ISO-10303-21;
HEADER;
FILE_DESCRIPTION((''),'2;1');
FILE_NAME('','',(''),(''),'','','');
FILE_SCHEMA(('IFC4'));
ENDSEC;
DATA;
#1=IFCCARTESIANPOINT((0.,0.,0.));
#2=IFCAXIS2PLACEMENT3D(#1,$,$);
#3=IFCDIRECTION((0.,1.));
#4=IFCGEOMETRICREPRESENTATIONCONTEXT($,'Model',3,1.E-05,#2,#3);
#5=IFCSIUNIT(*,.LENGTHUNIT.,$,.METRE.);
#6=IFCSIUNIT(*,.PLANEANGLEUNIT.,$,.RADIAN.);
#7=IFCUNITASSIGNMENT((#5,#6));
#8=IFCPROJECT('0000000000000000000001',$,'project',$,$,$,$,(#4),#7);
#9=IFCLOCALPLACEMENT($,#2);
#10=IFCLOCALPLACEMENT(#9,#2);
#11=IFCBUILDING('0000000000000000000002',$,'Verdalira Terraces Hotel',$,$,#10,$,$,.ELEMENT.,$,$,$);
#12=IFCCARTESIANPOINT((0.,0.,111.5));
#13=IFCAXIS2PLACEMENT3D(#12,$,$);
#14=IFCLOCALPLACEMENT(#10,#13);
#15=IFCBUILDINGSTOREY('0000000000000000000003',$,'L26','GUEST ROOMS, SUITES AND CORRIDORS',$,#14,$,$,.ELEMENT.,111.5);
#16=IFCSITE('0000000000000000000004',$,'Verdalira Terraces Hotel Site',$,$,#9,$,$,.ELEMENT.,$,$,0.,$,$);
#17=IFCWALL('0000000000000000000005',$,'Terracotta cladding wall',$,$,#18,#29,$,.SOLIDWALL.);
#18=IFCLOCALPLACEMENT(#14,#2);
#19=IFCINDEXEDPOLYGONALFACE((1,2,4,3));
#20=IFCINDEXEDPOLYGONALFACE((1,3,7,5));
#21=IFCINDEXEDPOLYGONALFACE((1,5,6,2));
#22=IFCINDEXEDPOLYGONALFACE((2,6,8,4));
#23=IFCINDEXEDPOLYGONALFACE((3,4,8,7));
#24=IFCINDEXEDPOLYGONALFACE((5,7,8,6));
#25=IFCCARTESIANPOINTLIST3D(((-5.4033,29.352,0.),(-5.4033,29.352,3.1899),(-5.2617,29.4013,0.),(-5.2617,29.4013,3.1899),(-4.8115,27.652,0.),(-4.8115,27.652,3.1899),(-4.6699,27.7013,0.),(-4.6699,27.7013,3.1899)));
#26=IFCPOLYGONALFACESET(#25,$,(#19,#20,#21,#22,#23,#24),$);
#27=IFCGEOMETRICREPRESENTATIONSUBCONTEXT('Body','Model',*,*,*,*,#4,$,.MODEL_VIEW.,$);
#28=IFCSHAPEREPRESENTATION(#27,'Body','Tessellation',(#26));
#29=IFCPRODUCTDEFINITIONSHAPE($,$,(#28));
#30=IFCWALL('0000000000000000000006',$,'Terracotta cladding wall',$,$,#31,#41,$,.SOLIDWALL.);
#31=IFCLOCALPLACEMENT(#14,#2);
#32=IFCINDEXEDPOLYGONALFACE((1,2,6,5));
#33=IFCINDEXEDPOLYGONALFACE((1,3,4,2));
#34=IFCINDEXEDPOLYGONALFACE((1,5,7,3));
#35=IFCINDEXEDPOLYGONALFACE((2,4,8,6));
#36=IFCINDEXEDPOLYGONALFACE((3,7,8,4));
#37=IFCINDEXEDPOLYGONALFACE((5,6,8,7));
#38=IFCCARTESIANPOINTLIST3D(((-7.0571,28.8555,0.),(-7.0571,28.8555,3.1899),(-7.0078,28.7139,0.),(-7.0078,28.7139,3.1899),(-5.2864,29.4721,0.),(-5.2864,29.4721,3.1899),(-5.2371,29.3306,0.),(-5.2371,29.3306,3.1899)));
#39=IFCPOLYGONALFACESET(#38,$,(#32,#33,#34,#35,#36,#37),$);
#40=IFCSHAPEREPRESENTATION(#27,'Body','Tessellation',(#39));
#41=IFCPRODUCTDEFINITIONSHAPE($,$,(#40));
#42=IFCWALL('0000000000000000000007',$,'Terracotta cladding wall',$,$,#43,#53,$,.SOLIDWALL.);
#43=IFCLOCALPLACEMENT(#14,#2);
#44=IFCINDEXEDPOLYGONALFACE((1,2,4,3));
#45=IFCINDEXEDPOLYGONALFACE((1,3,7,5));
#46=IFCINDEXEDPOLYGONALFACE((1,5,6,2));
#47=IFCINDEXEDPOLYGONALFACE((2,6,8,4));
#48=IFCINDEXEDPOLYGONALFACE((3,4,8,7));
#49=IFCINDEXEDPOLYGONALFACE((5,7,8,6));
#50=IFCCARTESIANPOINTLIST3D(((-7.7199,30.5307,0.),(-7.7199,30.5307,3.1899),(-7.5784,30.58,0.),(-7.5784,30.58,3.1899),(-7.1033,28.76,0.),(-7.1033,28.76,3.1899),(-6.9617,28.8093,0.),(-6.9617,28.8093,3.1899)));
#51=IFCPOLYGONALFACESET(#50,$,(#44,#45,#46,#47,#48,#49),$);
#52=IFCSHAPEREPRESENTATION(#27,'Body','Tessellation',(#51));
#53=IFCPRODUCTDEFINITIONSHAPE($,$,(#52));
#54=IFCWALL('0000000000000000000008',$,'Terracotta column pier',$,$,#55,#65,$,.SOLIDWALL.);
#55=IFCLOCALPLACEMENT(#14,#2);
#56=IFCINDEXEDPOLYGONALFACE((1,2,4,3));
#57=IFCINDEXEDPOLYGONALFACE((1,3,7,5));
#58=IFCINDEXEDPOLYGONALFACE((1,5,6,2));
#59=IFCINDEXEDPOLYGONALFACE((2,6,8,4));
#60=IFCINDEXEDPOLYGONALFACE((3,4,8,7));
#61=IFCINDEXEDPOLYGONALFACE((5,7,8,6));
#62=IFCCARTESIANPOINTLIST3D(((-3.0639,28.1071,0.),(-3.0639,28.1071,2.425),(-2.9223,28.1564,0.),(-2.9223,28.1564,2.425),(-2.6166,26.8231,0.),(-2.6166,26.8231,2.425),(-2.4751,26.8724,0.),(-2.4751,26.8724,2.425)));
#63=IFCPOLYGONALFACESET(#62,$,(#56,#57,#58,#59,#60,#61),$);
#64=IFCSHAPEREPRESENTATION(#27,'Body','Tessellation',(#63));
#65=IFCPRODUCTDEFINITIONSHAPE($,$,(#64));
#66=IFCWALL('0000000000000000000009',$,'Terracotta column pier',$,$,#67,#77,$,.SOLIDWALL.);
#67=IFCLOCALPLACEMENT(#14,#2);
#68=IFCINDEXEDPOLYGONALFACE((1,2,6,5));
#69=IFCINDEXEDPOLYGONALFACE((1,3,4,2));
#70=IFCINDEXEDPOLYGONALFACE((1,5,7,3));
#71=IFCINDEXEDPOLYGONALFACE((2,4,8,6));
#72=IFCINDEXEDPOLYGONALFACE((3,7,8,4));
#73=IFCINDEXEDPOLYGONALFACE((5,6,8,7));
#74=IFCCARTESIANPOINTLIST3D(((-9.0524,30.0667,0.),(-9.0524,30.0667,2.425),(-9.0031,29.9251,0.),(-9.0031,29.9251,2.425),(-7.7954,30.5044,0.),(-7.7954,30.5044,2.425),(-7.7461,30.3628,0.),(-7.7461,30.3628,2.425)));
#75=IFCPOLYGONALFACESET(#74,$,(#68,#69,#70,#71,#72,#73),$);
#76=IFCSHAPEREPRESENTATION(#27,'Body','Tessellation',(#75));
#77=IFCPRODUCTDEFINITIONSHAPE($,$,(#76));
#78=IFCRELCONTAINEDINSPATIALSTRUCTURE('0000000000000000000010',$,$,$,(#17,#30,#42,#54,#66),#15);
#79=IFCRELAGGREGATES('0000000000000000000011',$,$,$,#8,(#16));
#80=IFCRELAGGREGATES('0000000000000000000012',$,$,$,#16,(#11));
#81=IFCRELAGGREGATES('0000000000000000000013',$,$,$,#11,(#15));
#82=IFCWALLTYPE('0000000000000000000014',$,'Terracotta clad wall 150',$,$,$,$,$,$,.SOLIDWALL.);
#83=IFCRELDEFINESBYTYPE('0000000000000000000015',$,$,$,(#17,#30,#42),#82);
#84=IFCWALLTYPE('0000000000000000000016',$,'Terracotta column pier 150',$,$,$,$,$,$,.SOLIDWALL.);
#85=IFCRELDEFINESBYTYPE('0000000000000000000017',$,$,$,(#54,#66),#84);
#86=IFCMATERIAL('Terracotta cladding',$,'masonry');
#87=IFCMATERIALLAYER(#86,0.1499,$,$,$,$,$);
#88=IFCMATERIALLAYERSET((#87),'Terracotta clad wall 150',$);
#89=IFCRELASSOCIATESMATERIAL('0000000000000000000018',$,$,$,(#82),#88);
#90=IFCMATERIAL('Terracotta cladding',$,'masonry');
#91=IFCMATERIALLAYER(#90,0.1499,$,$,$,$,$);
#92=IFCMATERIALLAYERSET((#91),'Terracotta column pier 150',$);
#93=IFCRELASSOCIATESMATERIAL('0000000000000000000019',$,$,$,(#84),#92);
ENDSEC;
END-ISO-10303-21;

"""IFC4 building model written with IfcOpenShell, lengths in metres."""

from ifc_helpers import new_model, si_unit, direction, frame, frame_2d, origin, place, context, subcontext, project, spatial, rectangle, extrude, material, layer, layer_set, type_object, element, save


model = new_model("IFC4")

# Units and contexts
model_context = context("Model", 3, precision=1e-05, world=origin(), true_north=direction((0.0, 1.0)))
body_context = subcontext(model_context, "Body", "Model", "MODEL_VIEW")
ifc_project = project(units=[si_unit("LENGTHUNIT", "METRE"), si_unit("PLANEANGLEUNIT", "RADIAN")], contexts=[model_context])

# Site, building, storey
site_placement = place(None, origin())
site = spatial("IfcSite", under=ifc_project, at=site_placement, Name="Verdalira Terraces Hotel Site", CompositionType="ELEMENT", RefElevation=0.0)
building_placement = place(site_placement, origin())
building = spatial("IfcBuilding", under=site, at=building_placement, Name="Verdalira Terraces Hotel", CompositionType="ELEMENT")
storey_placement = place(building_placement, frame((0.0, 0.0, 111.5)))
storey = spatial("IfcBuildingStorey", under=building, at=storey_placement, Name="L26", Description="GUEST ROOMS, SUITES AND CORRIDORS", CompositionType="ELEMENT", Elevation=111.5)

# Walls
ifc_material_1 = material(Name="Terracotta cladding", Category="masonry")
ifc_layer_1 = layer(ifc_material_1, 0.1499)
ifc_layer_set_1 = layer_set([ifc_layer_1], Name="Terracotta clad wall 150")
wall_type_1 = type_object("IfcWallType", Name="Terracotta clad wall 150", PredefinedType="SOLIDWALL", material=ifc_layer_set_1)
wall_1_placement = place(storey_placement, frame((-4.7407, 27.6768, 0.0), z_axis=(0.0, 0.0, 1.0), x_axis=(-0.328773, 0.944409, 0.0)))
element("IfcWall", 1, at=wall_1_placement, inside=storey, type_object=wall_type_1, Name="Terracotta cladding wall", PredefinedType="SOLIDWALL", context=body_context, shape_type="SweptSolid", body=[
    extrude(rectangle(XDim=1.8, YDim=0.1499, at=frame_2d((0.8999, 0.0))), origin(), (0.0, 0.0, 1.0), 3.1899),
])
for number, where, z_axis, x_axis, name in (
    (2, (-5.2617, 29.4014, 0.0), (0.0, 0.0, 1.0), (-0.944367, -0.328894, 0.0), "Terracotta cladding wall"),
    (3, (-7.0325, 28.7847, 0.0), (0.0, 0.0, 1.0), (-0.328894, 0.944367, 0.0), "Terracotta cladding wall"),
):
    element("IfcWall", number, at=place(storey_placement, frame(where, z_axis=z_axis, x_axis=x_axis)), inside=storey, type_object=wall_type_1, Name=name, PredefinedType="SOLIDWALL", context=body_context, shape_type="SweptSolid", body=[
        extrude(rectangle(XDim=1.875, YDim=0.1499, at=frame_2d((0.9375, 0.0))), origin(), (0.0, 0.0, 1.0), 3.1899),
    ])
ifc_material_2 = material(Name="Terracotta cladding", Category="masonry")
ifc_layer_2 = layer(ifc_material_2, 0.1499)
ifc_layer_set_2 = layer_set([ifc_layer_2], Name="Terracotta column pier 150")
wall_type_2 = type_object("IfcWallType", Name="Terracotta column pier 150", PredefinedType="SOLIDWALL", material=ifc_layer_set_2)
wall_2_placement = place(storey_placement, frame((-2.5459, 26.8479, 0.0), z_axis=(0.0, 0.0, 1.0), x_axis=(-0.328966, 0.944342, 0.0)))
element("IfcWall", 4, at=wall_2_placement, inside=storey, type_object=wall_type_2, Name="Terracotta column pier", PredefinedType="SOLIDWALL", context=body_context, shape_type="SweptSolid", body=[
    extrude(rectangle(XDim=1.3596, YDim=0.1499, at=frame_2d((0.6797, 0.0))), origin(), (0.0, 0.0, 1.0), 2.425),
])
wall_3_placement = place(storey_placement, frame((-7.7708, 30.4336, 0.0), z_axis=(0.0, 0.0, 1.0), x_axis=(-0.94438, -0.328855, 0.0)))
element("IfcWall", 5, at=wall_3_placement, inside=storey, type_object=wall_type_2, Name="Terracotta column pier", PredefinedType="SOLIDWALL", context=body_context, shape_type="SweptSolid", body=[
    extrude(rectangle(XDim=1.3311, YDim=0.1499, at=frame_2d((0.6655, 0.0))), origin(), (0.0, 0.0, 1.0), 2.425),
])

save(model, "model.ifc")
